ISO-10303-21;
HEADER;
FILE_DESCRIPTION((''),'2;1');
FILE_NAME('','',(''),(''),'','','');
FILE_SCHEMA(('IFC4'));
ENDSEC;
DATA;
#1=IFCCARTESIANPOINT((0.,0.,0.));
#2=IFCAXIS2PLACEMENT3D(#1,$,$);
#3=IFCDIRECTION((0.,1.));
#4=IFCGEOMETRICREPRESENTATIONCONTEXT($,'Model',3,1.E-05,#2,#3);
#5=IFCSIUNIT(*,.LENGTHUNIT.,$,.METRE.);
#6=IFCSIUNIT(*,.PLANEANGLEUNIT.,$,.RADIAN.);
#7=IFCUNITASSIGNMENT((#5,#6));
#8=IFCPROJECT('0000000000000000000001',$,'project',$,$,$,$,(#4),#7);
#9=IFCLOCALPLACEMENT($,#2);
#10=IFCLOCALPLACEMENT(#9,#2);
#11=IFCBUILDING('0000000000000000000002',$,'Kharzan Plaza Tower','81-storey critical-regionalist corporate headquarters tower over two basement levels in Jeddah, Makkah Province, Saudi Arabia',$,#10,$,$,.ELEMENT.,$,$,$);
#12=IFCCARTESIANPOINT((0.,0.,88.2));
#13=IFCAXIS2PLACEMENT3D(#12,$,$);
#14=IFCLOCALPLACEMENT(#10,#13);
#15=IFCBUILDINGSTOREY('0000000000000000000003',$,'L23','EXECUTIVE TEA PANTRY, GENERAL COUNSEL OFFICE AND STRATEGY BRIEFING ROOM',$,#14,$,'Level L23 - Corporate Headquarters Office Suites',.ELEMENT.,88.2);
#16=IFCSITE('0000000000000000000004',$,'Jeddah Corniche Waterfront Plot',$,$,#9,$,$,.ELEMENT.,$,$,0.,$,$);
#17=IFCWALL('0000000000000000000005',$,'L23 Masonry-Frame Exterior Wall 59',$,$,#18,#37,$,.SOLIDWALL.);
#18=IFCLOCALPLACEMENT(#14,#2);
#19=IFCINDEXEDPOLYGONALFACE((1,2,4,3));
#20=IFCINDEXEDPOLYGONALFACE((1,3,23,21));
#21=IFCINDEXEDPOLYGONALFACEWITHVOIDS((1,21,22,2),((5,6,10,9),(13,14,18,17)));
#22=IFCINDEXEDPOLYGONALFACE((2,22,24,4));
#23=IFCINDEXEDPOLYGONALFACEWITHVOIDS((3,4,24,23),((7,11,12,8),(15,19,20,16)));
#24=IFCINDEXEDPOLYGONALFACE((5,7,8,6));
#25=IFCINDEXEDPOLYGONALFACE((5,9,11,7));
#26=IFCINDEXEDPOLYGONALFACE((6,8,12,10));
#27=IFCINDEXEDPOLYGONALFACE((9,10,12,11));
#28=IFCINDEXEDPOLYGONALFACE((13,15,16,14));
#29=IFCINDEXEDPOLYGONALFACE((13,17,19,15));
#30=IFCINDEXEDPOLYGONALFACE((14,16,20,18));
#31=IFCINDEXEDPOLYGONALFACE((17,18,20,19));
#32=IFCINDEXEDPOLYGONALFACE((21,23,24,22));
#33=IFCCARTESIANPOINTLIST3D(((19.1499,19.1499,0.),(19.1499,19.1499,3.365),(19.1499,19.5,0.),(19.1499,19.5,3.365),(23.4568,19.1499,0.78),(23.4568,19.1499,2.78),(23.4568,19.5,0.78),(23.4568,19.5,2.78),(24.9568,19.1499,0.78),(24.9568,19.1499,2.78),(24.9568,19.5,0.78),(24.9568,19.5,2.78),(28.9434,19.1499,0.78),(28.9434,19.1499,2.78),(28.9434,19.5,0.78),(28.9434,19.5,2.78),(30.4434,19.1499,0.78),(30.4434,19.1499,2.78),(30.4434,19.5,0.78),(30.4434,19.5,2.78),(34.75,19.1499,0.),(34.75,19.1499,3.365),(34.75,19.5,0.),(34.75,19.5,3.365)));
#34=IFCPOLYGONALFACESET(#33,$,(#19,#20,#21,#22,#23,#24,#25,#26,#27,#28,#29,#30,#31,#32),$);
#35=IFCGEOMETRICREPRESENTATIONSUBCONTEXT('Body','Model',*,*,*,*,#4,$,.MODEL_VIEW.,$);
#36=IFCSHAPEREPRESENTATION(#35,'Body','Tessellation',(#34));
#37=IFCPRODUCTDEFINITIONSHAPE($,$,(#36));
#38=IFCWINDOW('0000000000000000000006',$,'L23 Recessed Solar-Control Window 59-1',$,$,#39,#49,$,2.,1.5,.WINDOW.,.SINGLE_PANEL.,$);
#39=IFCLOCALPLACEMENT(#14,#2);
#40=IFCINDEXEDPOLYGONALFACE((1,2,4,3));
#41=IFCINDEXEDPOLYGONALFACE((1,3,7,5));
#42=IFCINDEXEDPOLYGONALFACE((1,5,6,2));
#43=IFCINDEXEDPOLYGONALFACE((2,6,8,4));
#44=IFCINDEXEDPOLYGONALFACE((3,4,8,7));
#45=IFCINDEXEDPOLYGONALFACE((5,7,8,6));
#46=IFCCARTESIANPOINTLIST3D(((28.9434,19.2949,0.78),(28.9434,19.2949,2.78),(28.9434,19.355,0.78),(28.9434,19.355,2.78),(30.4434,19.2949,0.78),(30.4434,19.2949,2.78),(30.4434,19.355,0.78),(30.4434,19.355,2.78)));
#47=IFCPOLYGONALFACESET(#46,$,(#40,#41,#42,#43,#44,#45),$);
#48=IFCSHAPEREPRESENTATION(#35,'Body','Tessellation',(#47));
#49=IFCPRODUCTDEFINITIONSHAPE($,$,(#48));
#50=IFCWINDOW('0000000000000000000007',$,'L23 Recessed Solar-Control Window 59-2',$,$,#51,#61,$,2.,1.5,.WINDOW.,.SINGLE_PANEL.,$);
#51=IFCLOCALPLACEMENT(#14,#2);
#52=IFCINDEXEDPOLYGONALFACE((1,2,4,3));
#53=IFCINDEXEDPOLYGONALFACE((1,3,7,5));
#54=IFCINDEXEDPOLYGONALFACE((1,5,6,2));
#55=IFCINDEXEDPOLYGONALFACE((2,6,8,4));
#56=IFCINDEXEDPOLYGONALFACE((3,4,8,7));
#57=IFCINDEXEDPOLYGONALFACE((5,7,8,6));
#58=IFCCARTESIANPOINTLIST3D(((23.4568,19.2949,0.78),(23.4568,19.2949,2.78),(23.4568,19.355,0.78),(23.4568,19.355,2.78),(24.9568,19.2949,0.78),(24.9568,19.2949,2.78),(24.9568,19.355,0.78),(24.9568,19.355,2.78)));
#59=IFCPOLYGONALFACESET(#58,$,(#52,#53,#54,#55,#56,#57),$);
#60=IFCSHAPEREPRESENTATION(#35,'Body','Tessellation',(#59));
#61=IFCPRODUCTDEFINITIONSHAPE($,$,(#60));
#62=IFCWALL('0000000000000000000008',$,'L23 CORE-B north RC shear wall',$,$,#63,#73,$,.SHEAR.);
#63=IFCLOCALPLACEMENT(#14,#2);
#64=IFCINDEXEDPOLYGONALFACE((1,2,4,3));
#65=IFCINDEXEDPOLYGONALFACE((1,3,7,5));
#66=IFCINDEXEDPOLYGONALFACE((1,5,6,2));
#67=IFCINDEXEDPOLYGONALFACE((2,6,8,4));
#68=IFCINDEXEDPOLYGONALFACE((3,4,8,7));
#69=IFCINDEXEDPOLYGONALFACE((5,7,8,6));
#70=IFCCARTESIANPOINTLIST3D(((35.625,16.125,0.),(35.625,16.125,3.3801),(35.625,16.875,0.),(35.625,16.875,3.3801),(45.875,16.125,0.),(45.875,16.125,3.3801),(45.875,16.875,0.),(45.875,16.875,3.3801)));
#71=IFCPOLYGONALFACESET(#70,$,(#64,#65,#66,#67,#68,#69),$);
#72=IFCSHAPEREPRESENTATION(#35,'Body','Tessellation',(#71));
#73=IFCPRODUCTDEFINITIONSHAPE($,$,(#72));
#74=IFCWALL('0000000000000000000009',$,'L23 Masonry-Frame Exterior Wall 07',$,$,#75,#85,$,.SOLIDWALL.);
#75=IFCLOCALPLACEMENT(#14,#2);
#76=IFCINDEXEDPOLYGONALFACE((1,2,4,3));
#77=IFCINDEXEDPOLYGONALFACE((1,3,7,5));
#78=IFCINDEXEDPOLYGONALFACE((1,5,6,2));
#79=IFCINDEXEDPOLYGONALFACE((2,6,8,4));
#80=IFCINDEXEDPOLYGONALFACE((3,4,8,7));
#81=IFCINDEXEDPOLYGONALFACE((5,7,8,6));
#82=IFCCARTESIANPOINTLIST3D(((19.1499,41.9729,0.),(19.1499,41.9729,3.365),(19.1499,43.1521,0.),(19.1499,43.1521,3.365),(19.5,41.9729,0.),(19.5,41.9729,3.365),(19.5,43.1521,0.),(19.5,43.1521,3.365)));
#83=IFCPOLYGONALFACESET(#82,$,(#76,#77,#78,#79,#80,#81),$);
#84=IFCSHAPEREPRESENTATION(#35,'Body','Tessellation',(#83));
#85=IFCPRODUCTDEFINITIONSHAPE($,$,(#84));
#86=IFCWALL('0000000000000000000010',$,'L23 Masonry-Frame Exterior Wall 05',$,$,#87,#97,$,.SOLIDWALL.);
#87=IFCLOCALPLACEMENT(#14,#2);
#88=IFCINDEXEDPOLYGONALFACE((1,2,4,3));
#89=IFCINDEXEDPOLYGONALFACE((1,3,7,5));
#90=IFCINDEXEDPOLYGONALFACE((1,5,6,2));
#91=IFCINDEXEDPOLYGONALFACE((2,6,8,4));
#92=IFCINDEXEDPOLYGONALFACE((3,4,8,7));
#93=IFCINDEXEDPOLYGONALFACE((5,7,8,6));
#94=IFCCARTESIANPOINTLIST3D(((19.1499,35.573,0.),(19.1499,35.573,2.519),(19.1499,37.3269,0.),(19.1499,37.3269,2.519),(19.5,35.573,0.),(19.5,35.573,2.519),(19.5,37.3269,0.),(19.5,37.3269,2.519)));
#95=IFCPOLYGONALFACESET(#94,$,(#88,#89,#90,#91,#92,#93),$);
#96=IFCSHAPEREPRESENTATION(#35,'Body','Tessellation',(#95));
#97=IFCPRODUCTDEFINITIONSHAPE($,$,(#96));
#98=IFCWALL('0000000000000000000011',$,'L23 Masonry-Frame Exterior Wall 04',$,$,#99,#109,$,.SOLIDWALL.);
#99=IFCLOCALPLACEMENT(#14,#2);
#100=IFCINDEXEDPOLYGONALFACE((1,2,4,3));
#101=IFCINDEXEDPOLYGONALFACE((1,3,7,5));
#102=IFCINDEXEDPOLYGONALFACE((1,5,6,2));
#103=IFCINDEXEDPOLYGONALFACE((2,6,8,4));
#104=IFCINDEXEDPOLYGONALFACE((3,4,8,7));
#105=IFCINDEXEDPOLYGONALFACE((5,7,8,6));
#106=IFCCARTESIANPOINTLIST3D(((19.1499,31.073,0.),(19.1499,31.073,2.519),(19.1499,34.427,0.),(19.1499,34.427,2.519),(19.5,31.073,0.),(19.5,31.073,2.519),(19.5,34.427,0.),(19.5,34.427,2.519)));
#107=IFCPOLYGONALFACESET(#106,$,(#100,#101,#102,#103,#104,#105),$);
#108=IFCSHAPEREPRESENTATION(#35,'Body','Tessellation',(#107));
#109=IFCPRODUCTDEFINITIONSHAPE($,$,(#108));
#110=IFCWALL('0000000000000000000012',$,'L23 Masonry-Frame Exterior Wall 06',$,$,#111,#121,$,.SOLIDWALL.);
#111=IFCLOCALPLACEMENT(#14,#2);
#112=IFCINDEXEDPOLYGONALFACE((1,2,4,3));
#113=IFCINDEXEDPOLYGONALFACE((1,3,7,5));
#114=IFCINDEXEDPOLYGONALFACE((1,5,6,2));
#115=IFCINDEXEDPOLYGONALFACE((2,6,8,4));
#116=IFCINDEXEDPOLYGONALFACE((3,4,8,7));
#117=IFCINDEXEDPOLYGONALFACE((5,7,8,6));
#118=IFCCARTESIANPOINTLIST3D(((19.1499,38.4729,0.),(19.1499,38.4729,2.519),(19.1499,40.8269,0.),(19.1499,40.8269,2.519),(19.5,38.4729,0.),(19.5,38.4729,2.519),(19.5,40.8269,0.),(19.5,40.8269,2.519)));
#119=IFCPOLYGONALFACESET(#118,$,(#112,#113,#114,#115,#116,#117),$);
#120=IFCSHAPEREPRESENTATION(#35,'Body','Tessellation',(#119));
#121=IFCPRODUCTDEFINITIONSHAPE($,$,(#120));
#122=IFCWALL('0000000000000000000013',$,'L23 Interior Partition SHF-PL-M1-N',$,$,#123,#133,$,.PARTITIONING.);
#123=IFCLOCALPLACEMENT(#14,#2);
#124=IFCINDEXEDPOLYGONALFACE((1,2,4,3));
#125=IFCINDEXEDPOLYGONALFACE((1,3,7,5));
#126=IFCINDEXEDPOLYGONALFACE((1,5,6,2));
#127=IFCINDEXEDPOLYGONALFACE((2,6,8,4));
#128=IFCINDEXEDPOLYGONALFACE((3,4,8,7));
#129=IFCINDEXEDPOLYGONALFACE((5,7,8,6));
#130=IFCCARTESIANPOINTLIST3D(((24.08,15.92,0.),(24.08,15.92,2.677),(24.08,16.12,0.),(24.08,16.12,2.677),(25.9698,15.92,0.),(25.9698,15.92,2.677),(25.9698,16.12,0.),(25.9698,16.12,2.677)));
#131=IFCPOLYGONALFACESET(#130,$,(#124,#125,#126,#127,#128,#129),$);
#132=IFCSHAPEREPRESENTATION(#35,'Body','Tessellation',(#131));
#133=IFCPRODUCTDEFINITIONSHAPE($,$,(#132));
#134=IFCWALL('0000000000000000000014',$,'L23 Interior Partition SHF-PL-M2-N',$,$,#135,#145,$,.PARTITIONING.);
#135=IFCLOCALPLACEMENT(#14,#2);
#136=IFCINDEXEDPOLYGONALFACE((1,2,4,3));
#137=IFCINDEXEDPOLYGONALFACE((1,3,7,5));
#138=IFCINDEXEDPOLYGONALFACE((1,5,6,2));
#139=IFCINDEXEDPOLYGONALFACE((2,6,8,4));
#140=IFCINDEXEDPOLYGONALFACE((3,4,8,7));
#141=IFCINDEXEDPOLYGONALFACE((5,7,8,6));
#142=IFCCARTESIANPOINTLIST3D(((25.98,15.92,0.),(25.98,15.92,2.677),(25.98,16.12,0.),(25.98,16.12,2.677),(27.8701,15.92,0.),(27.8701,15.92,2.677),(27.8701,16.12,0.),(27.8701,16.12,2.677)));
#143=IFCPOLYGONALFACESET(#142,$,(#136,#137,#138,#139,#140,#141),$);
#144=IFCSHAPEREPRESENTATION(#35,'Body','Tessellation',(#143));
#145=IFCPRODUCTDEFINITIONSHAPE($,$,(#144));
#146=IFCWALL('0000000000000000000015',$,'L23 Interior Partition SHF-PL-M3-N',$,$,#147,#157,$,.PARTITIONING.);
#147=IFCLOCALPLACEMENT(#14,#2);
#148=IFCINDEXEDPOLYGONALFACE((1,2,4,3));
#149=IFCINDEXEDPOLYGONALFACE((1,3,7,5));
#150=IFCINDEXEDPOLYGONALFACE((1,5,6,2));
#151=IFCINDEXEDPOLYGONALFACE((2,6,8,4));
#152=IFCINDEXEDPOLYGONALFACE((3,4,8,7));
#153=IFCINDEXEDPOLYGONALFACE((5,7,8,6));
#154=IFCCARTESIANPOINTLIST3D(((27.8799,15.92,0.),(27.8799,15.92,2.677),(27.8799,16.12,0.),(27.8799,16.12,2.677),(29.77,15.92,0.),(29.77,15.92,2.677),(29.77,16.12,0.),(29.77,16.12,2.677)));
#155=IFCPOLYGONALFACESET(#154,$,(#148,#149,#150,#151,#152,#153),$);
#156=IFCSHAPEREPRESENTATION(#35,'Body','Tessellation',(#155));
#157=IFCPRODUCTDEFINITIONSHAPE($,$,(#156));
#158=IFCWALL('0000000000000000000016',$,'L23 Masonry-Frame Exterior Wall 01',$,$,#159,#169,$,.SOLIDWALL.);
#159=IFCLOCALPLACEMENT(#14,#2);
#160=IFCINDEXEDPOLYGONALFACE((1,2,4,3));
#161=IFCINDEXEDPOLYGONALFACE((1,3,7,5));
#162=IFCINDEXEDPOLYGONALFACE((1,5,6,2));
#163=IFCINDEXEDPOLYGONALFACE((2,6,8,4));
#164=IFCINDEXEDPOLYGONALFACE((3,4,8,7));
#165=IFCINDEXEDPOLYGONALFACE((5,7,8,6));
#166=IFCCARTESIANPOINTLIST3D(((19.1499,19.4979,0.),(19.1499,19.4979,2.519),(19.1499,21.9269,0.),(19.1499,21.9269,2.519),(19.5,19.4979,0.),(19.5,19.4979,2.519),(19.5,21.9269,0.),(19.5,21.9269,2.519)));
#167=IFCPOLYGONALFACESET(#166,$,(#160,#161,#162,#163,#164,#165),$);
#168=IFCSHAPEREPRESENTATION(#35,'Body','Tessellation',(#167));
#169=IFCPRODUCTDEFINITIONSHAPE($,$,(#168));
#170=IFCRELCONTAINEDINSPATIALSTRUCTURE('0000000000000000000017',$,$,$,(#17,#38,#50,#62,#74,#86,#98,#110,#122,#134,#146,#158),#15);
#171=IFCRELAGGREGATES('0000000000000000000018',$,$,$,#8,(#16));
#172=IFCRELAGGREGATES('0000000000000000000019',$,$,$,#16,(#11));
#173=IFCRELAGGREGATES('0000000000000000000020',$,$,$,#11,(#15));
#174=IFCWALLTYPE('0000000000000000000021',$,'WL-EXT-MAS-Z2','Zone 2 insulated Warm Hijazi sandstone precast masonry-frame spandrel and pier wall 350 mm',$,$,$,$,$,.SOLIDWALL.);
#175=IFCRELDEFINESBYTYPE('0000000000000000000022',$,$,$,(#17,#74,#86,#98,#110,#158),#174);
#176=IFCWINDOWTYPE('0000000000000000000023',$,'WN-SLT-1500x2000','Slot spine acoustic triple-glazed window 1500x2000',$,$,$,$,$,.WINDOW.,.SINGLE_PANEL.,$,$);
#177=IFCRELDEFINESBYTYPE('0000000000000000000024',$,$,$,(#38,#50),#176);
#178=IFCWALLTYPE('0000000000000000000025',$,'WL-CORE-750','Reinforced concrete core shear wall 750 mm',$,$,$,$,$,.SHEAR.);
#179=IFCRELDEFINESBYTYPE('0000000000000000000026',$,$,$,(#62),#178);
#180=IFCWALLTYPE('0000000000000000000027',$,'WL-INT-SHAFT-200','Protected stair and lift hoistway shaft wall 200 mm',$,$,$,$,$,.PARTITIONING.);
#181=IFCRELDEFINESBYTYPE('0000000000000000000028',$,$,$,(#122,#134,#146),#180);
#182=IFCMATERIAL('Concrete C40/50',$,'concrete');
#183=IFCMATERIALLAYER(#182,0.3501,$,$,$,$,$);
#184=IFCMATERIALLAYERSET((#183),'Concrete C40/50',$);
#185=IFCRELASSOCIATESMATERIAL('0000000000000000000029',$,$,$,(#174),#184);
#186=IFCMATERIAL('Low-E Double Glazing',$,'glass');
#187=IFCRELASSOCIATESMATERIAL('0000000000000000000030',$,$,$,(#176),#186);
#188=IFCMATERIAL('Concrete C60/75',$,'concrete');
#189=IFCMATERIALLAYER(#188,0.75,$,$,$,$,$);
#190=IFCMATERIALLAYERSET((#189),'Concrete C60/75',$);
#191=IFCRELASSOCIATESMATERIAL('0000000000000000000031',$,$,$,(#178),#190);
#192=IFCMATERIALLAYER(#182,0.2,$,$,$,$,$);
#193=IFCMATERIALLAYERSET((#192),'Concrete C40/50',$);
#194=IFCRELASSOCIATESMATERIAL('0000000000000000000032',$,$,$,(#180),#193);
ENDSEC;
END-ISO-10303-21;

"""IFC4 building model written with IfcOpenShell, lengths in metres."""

from ifc_helpers import new_model, si_unit, direction, frame, frame_2d, origin, place, context, subcontext, project, spatial, rectangle, extrude, source, transform, mapped, material, layer, layer_set, type_object, element, fill, save


model = new_model("IFC4")

# Units and contexts
model_context = context("Model", 3, precision=1e-05, world=origin(), true_north=direction((0.0, 1.0)))
body_context = subcontext(model_context, "Body", "Model", "MODEL_VIEW")
ifc_project = project(units=[si_unit("LENGTHUNIT", "METRE"), si_unit("PLANEANGLEUNIT", "RADIAN")], contexts=[model_context])

# Site, building, storey
site_placement = place(None, origin())
site = spatial("IfcSite", under=ifc_project, at=site_placement, Name="Jeddah Corniche Waterfront Plot", CompositionType="ELEMENT", RefElevation=0.0)
building_placement = place(site_placement, origin())
building = spatial("IfcBuilding", under=site, at=building_placement, Name="Kharzan Plaza Tower", Description="81-storey critical-regionalist corporate headquarters tower over two basement levels in Jeddah, Makkah Province, Saudi Arabia", CompositionType="ELEMENT")
storey_placement = place(building_placement, frame((0.0, 0.0, 88.2)))
storey = spatial("IfcBuildingStorey", under=building, at=storey_placement, Name="L23", Description="EXECUTIVE TEA PANTRY, GENERAL COUNSEL OFFICE AND STRATEGY BRIEFING ROOM", LongName="Level L23 - Corporate Headquarters Office Suites", CompositionType="ELEMENT", Elevation=88.2)

# Shared definitions
ifc_material_1 = material(Name="Concrete C60/75", Category="concrete")

# Shared definitions
ifc_material_2 = material(Name="Concrete C40/50", Category="concrete")
ifc_layer_1 = layer(ifc_material_2, 0.3501)
ifc_layer_set_1 = layer_set([ifc_layer_1], Name="Concrete C40/50")
wall_type_1 = type_object("IfcWallType", Name="WL-EXT-MAS-Z2", Description="Zone 2 insulated Warm Hijazi sandstone precast masonry-frame spandrel and pier wall 350 mm", PredefinedType="SOLIDWALL", material=ifc_layer_set_1)
ifc_material_3 = material(Name="Low-E Double Glazing", Category="glass")
window_type_1 = type_object("IfcWindowType", Name="WN-SLT-1500x2000", Description="Slot spine acoustic triple-glazed window 1500x2000", PartitioningType="SINGLE_PANEL", PredefinedType="WINDOW", material=ifc_material_3)

# Wall, openings, windows
wall_1_placement = place(storey_placement, frame((34.75, 19.325, 0.0), z_axis=(0.0, 0.0, 1.0), x_axis=(-1.0, 0.0, 0.0)))
wall_1 = element("IfcWall", 1, at=wall_1_placement, inside=storey, type_object=wall_type_1, Name="L23 Masonry-Frame Exterior Wall 59", PredefinedType="SOLIDWALL", context=body_context, shape_type="SweptSolid", body=[
    extrude(rectangle(XDim=15.6001, YDim=0.3501, at=frame_2d((7.8, 0.0))), origin(), (0.0, 0.0, 1.0), 3.365),
])
opening_1_placement = place(wall_1_placement, frame((4.3066, 0.0, 0.78)))
opening_1 = element("IfcOpeningElement", 2, at=opening_1_placement, cuts=wall_1, PredefinedType="OPENING", context=body_context, shape_type="SweptSolid", body=[
    extrude(rectangle(XDim=1.5, YDim=2.0, at=frame_2d((0.75, 1.0))), frame((0.0, 0.1851, 0.0), z_axis=(0.0, -1.0, 0.0), x_axis=(1.0, 0.0, 0.0)), (0.0, 0.0, 1.0), 0.3701),
])
opening_2_placement = place(wall_1_placement, frame((9.7932, 0.0, 0.78)))
opening_2 = element("IfcOpeningElement", 3, at=opening_2_placement, cuts=wall_1, PredefinedType="OPENING", context=body_context, shape_type="SweptSolid", body=[
    extrude(rectangle(XDim=1.5, YDim=2.0, at=frame_2d((0.75, 1.0))), frame((0.0, 0.1851, 0.0), z_axis=(0.0, -1.0, 0.0), x_axis=(1.0, 0.0, 0.0)), (0.0, 0.0, 1.0), 0.3701),
])
shared_shape_1 = source(origin(), body_context, "Body", "SweptSolid", [
    extrude(rectangle(XDim=1.5, YDim=2.0, at=frame_2d((0.75, 1.0))), frame((0.0, 0.03, 0.0), z_axis=(0.0, -1.0, 0.0), x_axis=(1.0, 0.0, 0.0)), (0.0, 0.0, 1.0), 0.0601),
])
window_1_placement = place(opening_1_placement, origin())
window_1 = element("IfcWindow", 4, at=window_1_placement, inside=storey, type_object=window_type_1, Name="L23 Recessed Solar-Control Window 59-1", OverallHeight=2.0, OverallWidth=1.5, PartitioningType="SINGLE_PANEL", PredefinedType="WINDOW", context=body_context, shape_type="MappedRepresentation", body=[
    mapped(shared_shape_1, transform((0.0, 0.0, 0.0), x_axis=(1.0, 0.0, 0.0), y_axis=(0.0, 1.0, 0.0), z_axis=(0.0, 0.0, 1.0))),
])
fill(opening_1, window_1)
window_2_placement = place(opening_2_placement, origin())
window_2 = element("IfcWindow", 5, at=window_2_placement, inside=storey, type_object=window_type_1, Name="L23 Recessed Solar-Control Window 59-2", OverallHeight=2.0, OverallWidth=1.5, PartitioningType="SINGLE_PANEL", PredefinedType="WINDOW", context=body_context, shape_type="MappedRepresentation", body=[
    mapped(shared_shape_1, transform((0.0, 0.0, 0.0), x_axis=(1.0, 0.0, 0.0), y_axis=(0.0, 1.0, 0.0), z_axis=(0.0, 0.0, 1.0))),
])
fill(opening_2, window_2)

# Walls
ifc_layer_2 = layer(ifc_material_1, 0.75)
ifc_layer_set_2 = layer_set([ifc_layer_2], Name="Concrete C60/75")
wall_type_2 = type_object("IfcWallType", Name="WL-CORE-750", Description="Reinforced concrete core shear wall 750 mm", PredefinedType="SHEAR", material=ifc_layer_set_2)
shared_shape_2 = source(origin(), body_context, "Body", "SweptSolid", [
    extrude(rectangle(XDim=10.25, YDim=0.75, at=frame_2d((5.125, 0.0))), origin(), (0.0, 0.0, 1.0), 3.3801),
])
wall_2_placement = place(storey_placement, frame((35.625, 16.5, 0.0), z_axis=(0.0, 0.0, 1.0), x_axis=(1.0, 0.0, 0.0)))
element("IfcWall", 6, at=wall_2_placement, inside=storey, type_object=wall_type_2, Name="L23 CORE-B north RC shear wall", PredefinedType="SHEAR", context=body_context, shape_type="MappedRepresentation", body=[
    mapped(shared_shape_2, transform((0.0, 0.0, 0.0), x_axis=(1.0, 0.0, 0.0), y_axis=(0.0, 1.0, 0.0), z_axis=(0.0, 0.0, 1.0))),
])
shared_shape_3 = source(origin(), body_context, "Body", "SweptSolid", [
    extrude(rectangle(XDim=1.1792, YDim=0.3501, at=frame_2d((0.5896, 0.0))), origin(), (0.0, 0.0, 1.0), 3.365),
])
wall_3_placement = place(storey_placement, frame((19.325, 41.9729, 0.0), z_axis=(0.0, 0.0, 1.0), x_axis=(0.0, 1.0, 0.0)))
element("IfcWall", 7, at=wall_3_placement, inside=storey, type_object=wall_type_1, Name="L23 Masonry-Frame Exterior Wall 07", PredefinedType="SOLIDWALL", context=body_context, shape_type="MappedRepresentation", body=[
    mapped(shared_shape_3, transform((0.0, 0.0, 0.0), x_axis=(1.0, 0.0, 0.0), y_axis=(0.0, 1.0, 0.0), z_axis=(0.0, 0.0, 1.0))),
])
shared_shape_4 = source(origin(), body_context, "Body", "SweptSolid", [
    extrude(rectangle(XDim=1.7539, YDim=0.3501, at=frame_2d((0.877, 0.0))), origin(), (0.0, 0.0, 1.0), 2.519),
])
wall_4_placement = place(storey_placement, frame((19.325, 35.573, 0.0), z_axis=(0.0, 0.0, 1.0), x_axis=(0.0, 1.0, 0.0)))
element("IfcWall", 8, at=wall_4_placement, inside=storey, type_object=wall_type_1, Name="L23 Masonry-Frame Exterior Wall 05", PredefinedType="SOLIDWALL", context=body_context, shape_type="MappedRepresentation", body=[
    mapped(shared_shape_4, transform((0.0, 0.0, 0.0), x_axis=(1.0, 0.0, 0.0), y_axis=(0.0, 1.0, 0.0), z_axis=(0.0, 0.0, 1.0))),
])
shared_shape_5 = source(origin(), body_context, "Body", "SweptSolid", [
    extrude(rectangle(XDim=3.354, YDim=0.3501, at=frame_2d((1.677, 0.0))), origin(), (0.0, 0.0, 1.0), 2.519),
])
wall_5_placement = place(storey_placement, frame((19.325, 31.073, 0.0), z_axis=(0.0, 0.0, 1.0), x_axis=(0.0, 1.0, 0.0)))
element("IfcWall", 9, at=wall_5_placement, inside=storey, type_object=wall_type_1, Name="L23 Masonry-Frame Exterior Wall 04", PredefinedType="SOLIDWALL", context=body_context, shape_type="MappedRepresentation", body=[
    mapped(shared_shape_5, transform((0.0, 0.0, 0.0), x_axis=(1.0, 0.0, 0.0), y_axis=(0.0, 1.0, 0.0), z_axis=(0.0, 0.0, 1.0))),
])
shared_shape_6 = source(origin(), body_context, "Body", "SweptSolid", [
    extrude(rectangle(XDim=2.354, YDim=0.3501, at=frame_2d((1.177, 0.0))), origin(), (0.0, 0.0, 1.0), 2.519),
])
wall_6_placement = place(storey_placement, frame((19.325, 38.4729, 0.0), z_axis=(0.0, 0.0, 1.0), x_axis=(0.0, 1.0, 0.0)))
element("IfcWall", 10, at=wall_6_placement, inside=storey, type_object=wall_type_1, Name="L23 Masonry-Frame Exterior Wall 06", PredefinedType="SOLIDWALL", context=body_context, shape_type="MappedRepresentation", body=[
    mapped(shared_shape_6, transform((0.0, 0.0, 0.0), x_axis=(1.0, 0.0, 0.0), y_axis=(0.0, 1.0, 0.0), z_axis=(0.0, 0.0, 1.0))),
])
ifc_layer_3 = layer(ifc_material_2, 0.2)
ifc_layer_set_3 = layer_set([ifc_layer_3], Name="Concrete C40/50")
wall_type_3 = type_object("IfcWallType", Name="WL-INT-SHAFT-200", Description="Protected stair and lift hoistway shaft wall 200 mm", PredefinedType="PARTITIONING", material=ifc_layer_set_3)
shared_shape_7 = source(origin(), body_context, "Body", "SweptSolid", [
    extrude(rectangle(XDim=1.8899, YDim=0.2, at=frame_2d((0.9448, 0.0))), origin(), (0.0, 0.0, 1.0), 2.677),
])
wall_7_placement = place(storey_placement, frame((24.0801, 16.02, 0.0), z_axis=(0.0, 0.0, 1.0), x_axis=(1.0, 0.0, 0.0)))
element("IfcWall", 11, at=wall_7_placement, inside=storey, type_object=wall_type_3, Name="L23 Interior Partition SHF-PL-M1-N", PredefinedType="PARTITIONING", context=body_context, shape_type="MappedRepresentation", body=[
    mapped(shared_shape_7, transform((0.0, 0.0, 0.0), x_axis=(1.0, 0.0, 0.0), y_axis=(0.0, 1.0, 0.0), z_axis=(0.0, 0.0, 1.0))),
])
shared_shape_8 = source(origin(), body_context, "Body", "SweptSolid", [
    extrude(rectangle(XDim=1.8901, YDim=0.2, at=frame_2d((0.9451, 0.0))), origin(), (0.0, 0.0, 1.0), 2.677),
])
for number, where, z_axis, x_axis, name in (
    (12, (25.98, 16.02, 0.0), (0.0, 0.0, 1.0), (1.0, 0.0, 0.0), "L23 Interior Partition SHF-PL-M2-N"),
    (13, (27.8799, 16.02, 0.0), (0.0, 0.0, 1.0), (1.0, 0.0, 0.0), "L23 Interior Partition SHF-PL-M3-N"),
):
    element("IfcWall", number, at=place(storey_placement, frame(where, z_axis=z_axis, x_axis=x_axis)), inside=storey, type_object=wall_type_3, Name=name, PredefinedType="PARTITIONING", context=body_context, shape_type="MappedRepresentation", body=[
        mapped(shared_shape_8, transform((0.0, 0.0, 0.0), x_axis=(1.0, 0.0, 0.0), y_axis=(0.0, 1.0, 0.0), z_axis=(0.0, 0.0, 1.0))),
    ])
shared_shape_9 = source(origin(), body_context, "Body", "SweptSolid", [
    extrude(rectangle(XDim=2.429, YDim=0.3501, at=frame_2d((1.2144, 0.0))), origin(), (0.0, 0.0, 1.0), 2.519),
])
wall_8_placement = place(storey_placement, frame((19.325, 19.498, 0.0), z_axis=(0.0, 0.0, 1.0), x_axis=(0.0, 1.0, 0.0)))
element("IfcWall", 14, at=wall_8_placement, inside=storey, type_object=wall_type_1, Name="L23 Masonry-Frame Exterior Wall 01", PredefinedType="SOLIDWALL", context=body_context, shape_type="MappedRepresentation", body=[
    mapped(shared_shape_9, transform((0.0, 0.0, 0.0), x_axis=(1.0, 0.0, 0.0), y_axis=(0.0, 1.0, 0.0), z_axis=(0.0, 0.0, 1.0))),
])

save(model, "model.ifc")
